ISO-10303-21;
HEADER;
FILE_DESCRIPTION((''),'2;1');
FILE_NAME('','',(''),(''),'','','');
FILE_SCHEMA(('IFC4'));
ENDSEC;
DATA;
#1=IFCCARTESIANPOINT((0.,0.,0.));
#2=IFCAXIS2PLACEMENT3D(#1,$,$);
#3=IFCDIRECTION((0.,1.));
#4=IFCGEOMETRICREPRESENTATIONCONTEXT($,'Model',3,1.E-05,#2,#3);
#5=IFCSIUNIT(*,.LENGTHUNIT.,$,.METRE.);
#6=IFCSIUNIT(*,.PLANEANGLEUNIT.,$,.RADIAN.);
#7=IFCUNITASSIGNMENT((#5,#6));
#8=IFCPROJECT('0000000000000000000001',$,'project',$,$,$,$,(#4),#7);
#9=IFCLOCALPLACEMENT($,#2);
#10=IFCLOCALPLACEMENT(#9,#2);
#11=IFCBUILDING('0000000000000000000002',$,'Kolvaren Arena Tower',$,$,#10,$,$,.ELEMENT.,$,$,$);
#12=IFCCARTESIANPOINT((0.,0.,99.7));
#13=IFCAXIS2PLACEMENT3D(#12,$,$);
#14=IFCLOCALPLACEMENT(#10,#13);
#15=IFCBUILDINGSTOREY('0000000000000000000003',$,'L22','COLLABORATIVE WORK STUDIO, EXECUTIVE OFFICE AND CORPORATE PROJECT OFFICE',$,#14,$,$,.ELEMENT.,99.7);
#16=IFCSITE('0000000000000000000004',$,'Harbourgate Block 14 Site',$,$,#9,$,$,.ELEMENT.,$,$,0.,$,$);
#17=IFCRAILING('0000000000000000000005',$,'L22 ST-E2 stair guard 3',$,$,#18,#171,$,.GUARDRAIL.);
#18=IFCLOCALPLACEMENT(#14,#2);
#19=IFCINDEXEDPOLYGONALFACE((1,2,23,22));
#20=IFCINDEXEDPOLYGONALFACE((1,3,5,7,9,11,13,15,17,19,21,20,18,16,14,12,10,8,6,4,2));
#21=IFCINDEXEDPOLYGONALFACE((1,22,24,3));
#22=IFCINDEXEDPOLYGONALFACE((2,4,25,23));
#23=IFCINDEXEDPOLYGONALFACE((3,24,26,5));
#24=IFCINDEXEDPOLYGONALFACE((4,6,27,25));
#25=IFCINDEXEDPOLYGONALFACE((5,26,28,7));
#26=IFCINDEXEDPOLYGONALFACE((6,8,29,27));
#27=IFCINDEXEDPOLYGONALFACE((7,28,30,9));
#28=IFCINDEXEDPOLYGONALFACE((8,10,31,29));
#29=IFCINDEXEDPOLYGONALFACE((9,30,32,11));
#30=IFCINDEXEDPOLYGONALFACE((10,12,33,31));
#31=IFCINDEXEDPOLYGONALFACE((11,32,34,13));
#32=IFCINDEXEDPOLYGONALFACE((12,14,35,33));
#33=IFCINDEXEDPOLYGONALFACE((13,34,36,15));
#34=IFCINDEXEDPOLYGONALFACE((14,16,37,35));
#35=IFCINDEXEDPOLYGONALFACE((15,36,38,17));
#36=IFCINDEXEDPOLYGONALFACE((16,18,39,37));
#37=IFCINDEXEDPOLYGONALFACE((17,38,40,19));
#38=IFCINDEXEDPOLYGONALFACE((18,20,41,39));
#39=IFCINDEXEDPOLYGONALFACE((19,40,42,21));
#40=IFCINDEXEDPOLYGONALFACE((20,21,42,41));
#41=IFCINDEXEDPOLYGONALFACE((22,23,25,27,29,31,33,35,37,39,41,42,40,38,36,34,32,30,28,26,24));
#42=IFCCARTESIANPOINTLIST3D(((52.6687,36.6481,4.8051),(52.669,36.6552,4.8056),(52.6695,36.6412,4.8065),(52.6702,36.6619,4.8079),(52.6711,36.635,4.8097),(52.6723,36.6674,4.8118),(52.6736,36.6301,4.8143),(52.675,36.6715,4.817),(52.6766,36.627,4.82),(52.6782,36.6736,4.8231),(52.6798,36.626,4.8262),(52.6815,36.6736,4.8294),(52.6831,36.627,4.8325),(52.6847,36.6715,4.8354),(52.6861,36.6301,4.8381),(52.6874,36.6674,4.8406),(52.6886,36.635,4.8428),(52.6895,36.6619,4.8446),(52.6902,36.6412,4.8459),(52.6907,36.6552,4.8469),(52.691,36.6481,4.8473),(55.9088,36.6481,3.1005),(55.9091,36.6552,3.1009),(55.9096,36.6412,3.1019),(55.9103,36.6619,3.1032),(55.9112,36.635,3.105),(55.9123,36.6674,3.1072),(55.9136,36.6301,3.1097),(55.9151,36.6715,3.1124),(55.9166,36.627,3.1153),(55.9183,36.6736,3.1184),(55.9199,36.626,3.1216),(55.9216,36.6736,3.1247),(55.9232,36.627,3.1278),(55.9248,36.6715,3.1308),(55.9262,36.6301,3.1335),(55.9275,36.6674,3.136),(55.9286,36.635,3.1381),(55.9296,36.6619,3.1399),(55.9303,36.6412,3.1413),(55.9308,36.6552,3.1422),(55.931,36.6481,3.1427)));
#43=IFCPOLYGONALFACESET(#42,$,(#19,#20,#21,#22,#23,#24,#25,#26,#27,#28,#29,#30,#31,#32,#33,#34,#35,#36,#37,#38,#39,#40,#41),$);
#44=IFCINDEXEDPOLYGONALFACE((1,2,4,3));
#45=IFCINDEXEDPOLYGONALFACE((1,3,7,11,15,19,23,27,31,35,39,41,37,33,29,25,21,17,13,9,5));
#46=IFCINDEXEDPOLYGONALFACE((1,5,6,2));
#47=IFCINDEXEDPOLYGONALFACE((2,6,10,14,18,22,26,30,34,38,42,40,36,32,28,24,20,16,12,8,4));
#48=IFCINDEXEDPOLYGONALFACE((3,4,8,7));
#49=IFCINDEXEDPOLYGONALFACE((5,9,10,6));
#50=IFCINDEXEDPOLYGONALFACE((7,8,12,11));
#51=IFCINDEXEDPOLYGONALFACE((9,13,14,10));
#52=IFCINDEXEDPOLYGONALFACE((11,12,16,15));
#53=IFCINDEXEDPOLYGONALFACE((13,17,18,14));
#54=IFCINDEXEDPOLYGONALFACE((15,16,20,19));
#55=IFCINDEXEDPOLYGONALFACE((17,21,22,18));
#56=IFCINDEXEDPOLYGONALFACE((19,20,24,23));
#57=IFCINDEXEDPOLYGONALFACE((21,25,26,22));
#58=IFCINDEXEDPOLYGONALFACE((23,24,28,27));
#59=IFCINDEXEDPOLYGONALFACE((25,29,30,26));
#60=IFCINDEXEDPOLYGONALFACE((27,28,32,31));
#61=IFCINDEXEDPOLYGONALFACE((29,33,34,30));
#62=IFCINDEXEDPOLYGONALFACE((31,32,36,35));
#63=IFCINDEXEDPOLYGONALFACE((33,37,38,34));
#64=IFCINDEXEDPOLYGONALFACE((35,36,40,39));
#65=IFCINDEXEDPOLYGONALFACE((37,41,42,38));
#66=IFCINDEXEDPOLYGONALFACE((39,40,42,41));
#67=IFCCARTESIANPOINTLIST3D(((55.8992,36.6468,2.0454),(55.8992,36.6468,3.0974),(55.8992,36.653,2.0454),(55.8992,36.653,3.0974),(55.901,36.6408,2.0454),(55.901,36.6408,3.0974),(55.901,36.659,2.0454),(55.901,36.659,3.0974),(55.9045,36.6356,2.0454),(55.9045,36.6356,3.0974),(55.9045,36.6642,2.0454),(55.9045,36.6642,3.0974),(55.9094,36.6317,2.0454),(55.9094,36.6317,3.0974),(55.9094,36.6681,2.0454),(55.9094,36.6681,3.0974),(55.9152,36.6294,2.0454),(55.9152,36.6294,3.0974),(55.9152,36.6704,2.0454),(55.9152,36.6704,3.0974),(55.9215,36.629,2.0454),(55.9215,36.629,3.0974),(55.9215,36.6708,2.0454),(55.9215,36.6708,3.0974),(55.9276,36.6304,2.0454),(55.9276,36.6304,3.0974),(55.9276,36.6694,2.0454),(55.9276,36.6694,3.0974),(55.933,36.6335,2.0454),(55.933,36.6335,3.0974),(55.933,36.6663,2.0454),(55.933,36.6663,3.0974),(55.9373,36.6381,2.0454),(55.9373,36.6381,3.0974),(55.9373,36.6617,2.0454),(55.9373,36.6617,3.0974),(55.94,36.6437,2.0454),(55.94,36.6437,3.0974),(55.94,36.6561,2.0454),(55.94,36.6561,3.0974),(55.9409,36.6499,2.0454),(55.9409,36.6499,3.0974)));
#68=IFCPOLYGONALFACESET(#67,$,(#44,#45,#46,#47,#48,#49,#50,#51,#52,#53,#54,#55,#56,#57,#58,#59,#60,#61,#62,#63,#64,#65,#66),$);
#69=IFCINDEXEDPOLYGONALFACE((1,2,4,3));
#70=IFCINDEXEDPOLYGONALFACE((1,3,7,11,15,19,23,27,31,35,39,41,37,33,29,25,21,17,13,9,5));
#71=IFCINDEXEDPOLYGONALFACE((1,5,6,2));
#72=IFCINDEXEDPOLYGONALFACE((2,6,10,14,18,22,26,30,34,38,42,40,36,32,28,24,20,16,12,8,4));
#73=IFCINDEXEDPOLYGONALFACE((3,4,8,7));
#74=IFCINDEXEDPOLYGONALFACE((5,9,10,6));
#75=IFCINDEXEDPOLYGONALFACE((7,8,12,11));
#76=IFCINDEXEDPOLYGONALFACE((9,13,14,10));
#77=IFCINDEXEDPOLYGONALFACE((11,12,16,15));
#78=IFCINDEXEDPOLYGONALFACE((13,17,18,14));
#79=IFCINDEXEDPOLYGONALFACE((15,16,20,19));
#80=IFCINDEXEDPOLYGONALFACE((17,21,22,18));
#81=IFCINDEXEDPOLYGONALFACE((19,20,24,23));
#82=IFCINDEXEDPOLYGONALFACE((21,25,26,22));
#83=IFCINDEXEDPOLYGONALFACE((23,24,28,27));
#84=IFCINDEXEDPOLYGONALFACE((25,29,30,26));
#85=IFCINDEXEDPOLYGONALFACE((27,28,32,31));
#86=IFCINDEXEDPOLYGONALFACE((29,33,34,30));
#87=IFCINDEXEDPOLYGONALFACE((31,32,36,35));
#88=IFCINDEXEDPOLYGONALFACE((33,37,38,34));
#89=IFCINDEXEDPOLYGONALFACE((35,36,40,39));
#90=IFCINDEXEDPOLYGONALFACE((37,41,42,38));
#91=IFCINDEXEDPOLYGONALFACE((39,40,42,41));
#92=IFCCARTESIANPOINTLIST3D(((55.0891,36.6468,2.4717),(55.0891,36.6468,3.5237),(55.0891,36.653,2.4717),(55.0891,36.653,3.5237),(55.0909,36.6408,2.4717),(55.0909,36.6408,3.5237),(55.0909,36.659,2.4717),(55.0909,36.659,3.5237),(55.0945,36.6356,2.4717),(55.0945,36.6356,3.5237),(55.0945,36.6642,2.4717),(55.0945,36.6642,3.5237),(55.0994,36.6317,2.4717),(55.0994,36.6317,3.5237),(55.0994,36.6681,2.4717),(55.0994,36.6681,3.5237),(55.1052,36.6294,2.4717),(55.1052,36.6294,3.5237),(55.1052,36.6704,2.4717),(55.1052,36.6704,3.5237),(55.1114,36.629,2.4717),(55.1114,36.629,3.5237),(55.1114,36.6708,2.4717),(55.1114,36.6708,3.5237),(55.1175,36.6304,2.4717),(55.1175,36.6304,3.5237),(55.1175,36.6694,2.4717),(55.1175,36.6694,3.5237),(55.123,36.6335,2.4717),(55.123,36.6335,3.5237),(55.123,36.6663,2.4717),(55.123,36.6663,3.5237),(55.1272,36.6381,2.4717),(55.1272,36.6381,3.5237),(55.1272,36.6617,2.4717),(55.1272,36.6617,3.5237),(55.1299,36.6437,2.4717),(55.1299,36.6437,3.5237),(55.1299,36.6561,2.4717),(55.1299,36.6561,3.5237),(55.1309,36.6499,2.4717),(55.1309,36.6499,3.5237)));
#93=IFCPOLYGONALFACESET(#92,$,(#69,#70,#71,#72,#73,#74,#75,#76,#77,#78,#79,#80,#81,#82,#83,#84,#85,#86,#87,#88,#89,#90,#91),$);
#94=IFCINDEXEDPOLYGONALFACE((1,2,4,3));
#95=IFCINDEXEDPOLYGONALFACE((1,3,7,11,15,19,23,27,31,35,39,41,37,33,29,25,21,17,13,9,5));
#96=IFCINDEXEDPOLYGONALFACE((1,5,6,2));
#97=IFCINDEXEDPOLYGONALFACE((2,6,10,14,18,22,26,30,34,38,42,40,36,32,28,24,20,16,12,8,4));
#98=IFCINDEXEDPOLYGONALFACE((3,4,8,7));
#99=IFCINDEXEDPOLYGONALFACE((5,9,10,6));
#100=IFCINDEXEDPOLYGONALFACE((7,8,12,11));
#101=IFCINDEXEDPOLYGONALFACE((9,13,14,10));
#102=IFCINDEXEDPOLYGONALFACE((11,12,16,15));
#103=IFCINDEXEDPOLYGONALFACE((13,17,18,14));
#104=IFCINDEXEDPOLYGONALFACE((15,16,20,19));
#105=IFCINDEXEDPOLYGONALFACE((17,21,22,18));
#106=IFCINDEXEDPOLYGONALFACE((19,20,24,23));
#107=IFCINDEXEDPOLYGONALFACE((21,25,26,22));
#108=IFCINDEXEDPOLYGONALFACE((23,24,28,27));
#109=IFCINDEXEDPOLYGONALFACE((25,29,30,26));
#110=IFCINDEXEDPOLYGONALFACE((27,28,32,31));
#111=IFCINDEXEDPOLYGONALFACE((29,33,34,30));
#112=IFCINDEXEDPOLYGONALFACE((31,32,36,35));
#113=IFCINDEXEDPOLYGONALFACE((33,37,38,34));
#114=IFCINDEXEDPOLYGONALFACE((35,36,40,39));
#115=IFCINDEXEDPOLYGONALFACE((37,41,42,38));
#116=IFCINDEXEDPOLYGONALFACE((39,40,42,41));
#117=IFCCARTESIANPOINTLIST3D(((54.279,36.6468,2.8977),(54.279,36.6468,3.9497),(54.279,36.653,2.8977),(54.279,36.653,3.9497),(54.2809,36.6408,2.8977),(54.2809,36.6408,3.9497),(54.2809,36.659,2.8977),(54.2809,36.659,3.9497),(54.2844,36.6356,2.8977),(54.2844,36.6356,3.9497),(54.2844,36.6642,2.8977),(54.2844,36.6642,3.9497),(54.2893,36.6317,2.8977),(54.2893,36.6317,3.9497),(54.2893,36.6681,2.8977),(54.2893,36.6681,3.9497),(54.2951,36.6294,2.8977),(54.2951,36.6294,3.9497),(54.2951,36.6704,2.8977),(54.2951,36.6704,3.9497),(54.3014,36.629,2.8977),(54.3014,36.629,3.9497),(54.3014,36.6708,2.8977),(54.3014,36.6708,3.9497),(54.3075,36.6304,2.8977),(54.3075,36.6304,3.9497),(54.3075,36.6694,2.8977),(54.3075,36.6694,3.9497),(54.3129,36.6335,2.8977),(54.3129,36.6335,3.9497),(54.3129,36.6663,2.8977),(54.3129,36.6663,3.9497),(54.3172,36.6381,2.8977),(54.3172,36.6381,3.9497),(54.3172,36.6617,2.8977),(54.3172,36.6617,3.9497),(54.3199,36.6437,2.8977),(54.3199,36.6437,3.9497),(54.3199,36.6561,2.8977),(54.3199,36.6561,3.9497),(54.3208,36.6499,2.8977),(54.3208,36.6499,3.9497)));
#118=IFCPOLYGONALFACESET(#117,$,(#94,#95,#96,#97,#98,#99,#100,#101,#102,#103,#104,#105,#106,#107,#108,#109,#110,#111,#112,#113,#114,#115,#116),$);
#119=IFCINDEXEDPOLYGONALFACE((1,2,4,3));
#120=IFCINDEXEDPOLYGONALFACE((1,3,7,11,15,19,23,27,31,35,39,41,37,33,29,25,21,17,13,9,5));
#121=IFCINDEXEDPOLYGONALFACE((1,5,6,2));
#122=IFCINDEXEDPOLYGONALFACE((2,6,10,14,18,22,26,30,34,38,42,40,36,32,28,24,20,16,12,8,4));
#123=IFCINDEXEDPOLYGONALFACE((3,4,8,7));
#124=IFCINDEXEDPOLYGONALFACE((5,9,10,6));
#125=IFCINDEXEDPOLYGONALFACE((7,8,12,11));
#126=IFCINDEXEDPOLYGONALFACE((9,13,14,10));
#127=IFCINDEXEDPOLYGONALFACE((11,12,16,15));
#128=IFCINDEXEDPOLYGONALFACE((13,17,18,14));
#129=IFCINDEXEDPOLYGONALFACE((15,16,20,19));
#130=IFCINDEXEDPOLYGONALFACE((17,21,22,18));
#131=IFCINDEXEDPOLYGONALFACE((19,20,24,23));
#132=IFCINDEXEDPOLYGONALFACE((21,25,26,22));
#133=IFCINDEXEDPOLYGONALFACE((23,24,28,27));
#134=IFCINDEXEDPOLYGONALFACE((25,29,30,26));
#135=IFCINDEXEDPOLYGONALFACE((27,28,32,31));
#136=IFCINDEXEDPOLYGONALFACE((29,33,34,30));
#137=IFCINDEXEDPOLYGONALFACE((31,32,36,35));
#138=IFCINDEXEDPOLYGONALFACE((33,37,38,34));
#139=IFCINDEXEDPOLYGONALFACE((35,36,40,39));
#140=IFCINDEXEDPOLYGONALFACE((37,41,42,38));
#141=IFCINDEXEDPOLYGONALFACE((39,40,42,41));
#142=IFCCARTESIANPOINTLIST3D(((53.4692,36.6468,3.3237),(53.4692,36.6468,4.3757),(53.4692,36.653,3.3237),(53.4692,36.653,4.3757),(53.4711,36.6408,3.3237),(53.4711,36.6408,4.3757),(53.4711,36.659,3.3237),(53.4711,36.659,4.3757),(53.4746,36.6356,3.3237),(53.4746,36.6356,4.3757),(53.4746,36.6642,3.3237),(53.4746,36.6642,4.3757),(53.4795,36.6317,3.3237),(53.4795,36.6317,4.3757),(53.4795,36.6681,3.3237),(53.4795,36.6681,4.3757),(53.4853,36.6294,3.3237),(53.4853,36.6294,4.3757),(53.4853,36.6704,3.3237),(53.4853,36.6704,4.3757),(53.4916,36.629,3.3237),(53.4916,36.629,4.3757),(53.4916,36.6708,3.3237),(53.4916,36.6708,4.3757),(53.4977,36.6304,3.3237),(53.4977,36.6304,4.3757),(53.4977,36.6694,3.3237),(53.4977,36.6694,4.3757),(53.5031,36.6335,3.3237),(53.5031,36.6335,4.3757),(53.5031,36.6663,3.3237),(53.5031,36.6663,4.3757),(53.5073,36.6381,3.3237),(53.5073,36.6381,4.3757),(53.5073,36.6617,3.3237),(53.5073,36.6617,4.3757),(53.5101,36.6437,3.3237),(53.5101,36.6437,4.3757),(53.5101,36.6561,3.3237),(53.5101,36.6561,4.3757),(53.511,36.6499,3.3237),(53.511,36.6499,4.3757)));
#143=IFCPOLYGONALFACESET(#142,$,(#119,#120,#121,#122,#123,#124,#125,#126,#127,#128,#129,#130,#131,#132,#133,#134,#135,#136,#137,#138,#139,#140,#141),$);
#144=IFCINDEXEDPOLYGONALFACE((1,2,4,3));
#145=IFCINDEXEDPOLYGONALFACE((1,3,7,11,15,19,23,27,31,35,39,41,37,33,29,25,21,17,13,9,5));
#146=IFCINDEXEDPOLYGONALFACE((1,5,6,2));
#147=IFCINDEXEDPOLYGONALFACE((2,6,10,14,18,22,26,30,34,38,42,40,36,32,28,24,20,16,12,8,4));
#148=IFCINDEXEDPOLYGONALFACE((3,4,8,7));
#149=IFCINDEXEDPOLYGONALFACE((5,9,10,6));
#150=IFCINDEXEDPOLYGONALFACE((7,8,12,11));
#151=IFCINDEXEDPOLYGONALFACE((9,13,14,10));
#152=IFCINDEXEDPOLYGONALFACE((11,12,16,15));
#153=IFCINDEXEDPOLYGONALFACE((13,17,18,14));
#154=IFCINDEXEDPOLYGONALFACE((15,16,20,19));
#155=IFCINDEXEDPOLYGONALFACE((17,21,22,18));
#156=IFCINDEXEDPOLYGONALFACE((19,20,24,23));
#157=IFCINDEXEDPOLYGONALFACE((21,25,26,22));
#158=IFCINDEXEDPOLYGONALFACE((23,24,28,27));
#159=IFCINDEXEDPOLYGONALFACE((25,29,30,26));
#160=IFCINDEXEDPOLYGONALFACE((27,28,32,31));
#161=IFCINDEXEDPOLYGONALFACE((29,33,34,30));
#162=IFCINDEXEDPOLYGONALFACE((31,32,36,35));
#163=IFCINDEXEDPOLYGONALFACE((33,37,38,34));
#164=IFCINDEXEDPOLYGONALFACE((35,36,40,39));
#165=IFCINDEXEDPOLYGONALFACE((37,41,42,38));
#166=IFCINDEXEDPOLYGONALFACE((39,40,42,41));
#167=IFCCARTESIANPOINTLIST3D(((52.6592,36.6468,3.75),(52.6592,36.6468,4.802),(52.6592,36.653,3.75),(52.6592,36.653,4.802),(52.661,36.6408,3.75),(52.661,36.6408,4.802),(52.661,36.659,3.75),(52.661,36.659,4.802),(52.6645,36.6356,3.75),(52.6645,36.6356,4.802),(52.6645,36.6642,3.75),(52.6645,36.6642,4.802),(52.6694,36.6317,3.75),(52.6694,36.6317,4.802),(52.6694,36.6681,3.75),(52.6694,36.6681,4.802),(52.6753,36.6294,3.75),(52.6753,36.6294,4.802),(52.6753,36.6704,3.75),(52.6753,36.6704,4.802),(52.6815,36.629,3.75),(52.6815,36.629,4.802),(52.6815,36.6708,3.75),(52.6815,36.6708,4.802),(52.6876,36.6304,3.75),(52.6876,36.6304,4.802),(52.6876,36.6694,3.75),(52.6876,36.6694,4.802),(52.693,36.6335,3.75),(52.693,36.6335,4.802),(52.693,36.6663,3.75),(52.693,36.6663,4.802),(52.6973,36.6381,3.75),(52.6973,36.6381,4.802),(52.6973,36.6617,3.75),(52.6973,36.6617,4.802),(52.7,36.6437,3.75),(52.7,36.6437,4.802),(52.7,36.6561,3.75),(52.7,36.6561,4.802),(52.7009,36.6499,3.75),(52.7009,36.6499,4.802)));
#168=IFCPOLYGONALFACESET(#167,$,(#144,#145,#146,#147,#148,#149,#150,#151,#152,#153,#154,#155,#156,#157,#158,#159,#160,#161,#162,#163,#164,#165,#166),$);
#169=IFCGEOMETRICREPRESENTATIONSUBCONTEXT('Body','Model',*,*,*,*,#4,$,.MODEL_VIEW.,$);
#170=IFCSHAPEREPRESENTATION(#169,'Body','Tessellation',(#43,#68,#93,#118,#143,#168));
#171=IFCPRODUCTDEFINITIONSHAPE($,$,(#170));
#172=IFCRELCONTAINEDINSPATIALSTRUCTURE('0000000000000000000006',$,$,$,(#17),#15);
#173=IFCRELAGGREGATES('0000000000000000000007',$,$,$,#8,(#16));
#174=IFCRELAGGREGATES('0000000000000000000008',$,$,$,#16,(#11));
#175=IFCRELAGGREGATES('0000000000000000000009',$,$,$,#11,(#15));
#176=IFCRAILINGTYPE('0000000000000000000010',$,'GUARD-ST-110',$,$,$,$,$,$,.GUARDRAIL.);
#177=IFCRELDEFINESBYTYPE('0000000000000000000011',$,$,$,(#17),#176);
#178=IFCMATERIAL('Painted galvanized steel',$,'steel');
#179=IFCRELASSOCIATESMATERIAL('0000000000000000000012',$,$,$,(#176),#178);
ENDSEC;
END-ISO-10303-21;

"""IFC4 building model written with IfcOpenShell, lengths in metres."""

from ifc_helpers import new_model, si_unit, direction, frame, origin, origin_2d, place, context, subcontext, project, spatial, circle, extrude, material, type_object, element, save


model = new_model("IFC4")

# Units and contexts
model_context = context("Model", 3, precision=1e-05, world=origin(), true_north=direction((0.0, 1.0)))
body_context = subcontext(model_context, "Body", "Model", "MODEL_VIEW")
ifc_project = project(units=[si_unit("LENGTHUNIT", "METRE"), si_unit("PLANEANGLEUNIT", "RADIAN")], contexts=[model_context])

# Site, building, storey
site_placement = place(None, origin())
site = spatial("IfcSite", under=ifc_project, at=site_placement, Name="Harbourgate Block 14 Site", CompositionType="ELEMENT", RefElevation=0.0)
building_placement = place(site_placement, origin())
building = spatial("IfcBuilding", under=site, at=building_placement, Name="Kolvaren Arena Tower", CompositionType="ELEMENT")
storey_placement = place(building_placement, frame((0.0, 0.0, 99.7)))
storey = spatial("IfcBuildingStorey", under=building, at=storey_placement, Name="L22", Description="COLLABORATIVE WORK STUDIO, EXECUTIVE OFFICE AND CORPORATE PROJECT OFFICE", CompositionType="ELEMENT", Elevation=99.7)

# Railing
ifc_material_1 = material(Name="Painted galvanized steel", Category="steel")
railing_type_1 = type_object("IfcRailingType", Name="GUARD-ST-110", PredefinedType="GUARDRAIL", material=ifc_material_1)
railing_1_placement = place(storey_placement, frame((55.9199, 36.6499, 2.0454)))
element("IfcRailing", 1, at=railing_1_placement, inside=storey, type_object=railing_type_1, Name="L22 ST-E2 stair guard 3", PredefinedType="GUARDRAIL", context=body_context, shape_type="SweptSolid", body=[
    extrude(circle(Radius=0.0239, at=origin_2d()), frame((0.0, 0.0, 1.0762), z_axis=(-0.884993, 0.0, 0.465604), x_axis=(0.0, -1.0, 0.0)), (0.0, 0.0, 1.0), 3.6611),
    extrude(circle(Radius=0.021, at=origin_2d()), origin(), (0.0, 0.0, 1.0), 1.052),
    extrude(circle(Radius=0.021, at=origin_2d()), frame((-0.8101, 0.0, 0.4263)), (0.0, 0.0, 1.0), 1.052),
    extrude(circle(Radius=0.021, at=origin_2d()), frame((-1.6201, 0.0, 0.8523)), (0.0, 0.0, 1.0), 1.052),
    extrude(circle(Radius=0.021, at=origin_2d()), frame((-2.4299, 0.0, 1.2783)), (0.0, 0.0, 1.0), 1.052),
    extrude(circle(Radius=0.021, at=origin_2d()), frame((-3.24, 0.0, 1.7046)), (0.0, 0.0, 1.0), 1.052),
])

save(model, "model.ifc")
